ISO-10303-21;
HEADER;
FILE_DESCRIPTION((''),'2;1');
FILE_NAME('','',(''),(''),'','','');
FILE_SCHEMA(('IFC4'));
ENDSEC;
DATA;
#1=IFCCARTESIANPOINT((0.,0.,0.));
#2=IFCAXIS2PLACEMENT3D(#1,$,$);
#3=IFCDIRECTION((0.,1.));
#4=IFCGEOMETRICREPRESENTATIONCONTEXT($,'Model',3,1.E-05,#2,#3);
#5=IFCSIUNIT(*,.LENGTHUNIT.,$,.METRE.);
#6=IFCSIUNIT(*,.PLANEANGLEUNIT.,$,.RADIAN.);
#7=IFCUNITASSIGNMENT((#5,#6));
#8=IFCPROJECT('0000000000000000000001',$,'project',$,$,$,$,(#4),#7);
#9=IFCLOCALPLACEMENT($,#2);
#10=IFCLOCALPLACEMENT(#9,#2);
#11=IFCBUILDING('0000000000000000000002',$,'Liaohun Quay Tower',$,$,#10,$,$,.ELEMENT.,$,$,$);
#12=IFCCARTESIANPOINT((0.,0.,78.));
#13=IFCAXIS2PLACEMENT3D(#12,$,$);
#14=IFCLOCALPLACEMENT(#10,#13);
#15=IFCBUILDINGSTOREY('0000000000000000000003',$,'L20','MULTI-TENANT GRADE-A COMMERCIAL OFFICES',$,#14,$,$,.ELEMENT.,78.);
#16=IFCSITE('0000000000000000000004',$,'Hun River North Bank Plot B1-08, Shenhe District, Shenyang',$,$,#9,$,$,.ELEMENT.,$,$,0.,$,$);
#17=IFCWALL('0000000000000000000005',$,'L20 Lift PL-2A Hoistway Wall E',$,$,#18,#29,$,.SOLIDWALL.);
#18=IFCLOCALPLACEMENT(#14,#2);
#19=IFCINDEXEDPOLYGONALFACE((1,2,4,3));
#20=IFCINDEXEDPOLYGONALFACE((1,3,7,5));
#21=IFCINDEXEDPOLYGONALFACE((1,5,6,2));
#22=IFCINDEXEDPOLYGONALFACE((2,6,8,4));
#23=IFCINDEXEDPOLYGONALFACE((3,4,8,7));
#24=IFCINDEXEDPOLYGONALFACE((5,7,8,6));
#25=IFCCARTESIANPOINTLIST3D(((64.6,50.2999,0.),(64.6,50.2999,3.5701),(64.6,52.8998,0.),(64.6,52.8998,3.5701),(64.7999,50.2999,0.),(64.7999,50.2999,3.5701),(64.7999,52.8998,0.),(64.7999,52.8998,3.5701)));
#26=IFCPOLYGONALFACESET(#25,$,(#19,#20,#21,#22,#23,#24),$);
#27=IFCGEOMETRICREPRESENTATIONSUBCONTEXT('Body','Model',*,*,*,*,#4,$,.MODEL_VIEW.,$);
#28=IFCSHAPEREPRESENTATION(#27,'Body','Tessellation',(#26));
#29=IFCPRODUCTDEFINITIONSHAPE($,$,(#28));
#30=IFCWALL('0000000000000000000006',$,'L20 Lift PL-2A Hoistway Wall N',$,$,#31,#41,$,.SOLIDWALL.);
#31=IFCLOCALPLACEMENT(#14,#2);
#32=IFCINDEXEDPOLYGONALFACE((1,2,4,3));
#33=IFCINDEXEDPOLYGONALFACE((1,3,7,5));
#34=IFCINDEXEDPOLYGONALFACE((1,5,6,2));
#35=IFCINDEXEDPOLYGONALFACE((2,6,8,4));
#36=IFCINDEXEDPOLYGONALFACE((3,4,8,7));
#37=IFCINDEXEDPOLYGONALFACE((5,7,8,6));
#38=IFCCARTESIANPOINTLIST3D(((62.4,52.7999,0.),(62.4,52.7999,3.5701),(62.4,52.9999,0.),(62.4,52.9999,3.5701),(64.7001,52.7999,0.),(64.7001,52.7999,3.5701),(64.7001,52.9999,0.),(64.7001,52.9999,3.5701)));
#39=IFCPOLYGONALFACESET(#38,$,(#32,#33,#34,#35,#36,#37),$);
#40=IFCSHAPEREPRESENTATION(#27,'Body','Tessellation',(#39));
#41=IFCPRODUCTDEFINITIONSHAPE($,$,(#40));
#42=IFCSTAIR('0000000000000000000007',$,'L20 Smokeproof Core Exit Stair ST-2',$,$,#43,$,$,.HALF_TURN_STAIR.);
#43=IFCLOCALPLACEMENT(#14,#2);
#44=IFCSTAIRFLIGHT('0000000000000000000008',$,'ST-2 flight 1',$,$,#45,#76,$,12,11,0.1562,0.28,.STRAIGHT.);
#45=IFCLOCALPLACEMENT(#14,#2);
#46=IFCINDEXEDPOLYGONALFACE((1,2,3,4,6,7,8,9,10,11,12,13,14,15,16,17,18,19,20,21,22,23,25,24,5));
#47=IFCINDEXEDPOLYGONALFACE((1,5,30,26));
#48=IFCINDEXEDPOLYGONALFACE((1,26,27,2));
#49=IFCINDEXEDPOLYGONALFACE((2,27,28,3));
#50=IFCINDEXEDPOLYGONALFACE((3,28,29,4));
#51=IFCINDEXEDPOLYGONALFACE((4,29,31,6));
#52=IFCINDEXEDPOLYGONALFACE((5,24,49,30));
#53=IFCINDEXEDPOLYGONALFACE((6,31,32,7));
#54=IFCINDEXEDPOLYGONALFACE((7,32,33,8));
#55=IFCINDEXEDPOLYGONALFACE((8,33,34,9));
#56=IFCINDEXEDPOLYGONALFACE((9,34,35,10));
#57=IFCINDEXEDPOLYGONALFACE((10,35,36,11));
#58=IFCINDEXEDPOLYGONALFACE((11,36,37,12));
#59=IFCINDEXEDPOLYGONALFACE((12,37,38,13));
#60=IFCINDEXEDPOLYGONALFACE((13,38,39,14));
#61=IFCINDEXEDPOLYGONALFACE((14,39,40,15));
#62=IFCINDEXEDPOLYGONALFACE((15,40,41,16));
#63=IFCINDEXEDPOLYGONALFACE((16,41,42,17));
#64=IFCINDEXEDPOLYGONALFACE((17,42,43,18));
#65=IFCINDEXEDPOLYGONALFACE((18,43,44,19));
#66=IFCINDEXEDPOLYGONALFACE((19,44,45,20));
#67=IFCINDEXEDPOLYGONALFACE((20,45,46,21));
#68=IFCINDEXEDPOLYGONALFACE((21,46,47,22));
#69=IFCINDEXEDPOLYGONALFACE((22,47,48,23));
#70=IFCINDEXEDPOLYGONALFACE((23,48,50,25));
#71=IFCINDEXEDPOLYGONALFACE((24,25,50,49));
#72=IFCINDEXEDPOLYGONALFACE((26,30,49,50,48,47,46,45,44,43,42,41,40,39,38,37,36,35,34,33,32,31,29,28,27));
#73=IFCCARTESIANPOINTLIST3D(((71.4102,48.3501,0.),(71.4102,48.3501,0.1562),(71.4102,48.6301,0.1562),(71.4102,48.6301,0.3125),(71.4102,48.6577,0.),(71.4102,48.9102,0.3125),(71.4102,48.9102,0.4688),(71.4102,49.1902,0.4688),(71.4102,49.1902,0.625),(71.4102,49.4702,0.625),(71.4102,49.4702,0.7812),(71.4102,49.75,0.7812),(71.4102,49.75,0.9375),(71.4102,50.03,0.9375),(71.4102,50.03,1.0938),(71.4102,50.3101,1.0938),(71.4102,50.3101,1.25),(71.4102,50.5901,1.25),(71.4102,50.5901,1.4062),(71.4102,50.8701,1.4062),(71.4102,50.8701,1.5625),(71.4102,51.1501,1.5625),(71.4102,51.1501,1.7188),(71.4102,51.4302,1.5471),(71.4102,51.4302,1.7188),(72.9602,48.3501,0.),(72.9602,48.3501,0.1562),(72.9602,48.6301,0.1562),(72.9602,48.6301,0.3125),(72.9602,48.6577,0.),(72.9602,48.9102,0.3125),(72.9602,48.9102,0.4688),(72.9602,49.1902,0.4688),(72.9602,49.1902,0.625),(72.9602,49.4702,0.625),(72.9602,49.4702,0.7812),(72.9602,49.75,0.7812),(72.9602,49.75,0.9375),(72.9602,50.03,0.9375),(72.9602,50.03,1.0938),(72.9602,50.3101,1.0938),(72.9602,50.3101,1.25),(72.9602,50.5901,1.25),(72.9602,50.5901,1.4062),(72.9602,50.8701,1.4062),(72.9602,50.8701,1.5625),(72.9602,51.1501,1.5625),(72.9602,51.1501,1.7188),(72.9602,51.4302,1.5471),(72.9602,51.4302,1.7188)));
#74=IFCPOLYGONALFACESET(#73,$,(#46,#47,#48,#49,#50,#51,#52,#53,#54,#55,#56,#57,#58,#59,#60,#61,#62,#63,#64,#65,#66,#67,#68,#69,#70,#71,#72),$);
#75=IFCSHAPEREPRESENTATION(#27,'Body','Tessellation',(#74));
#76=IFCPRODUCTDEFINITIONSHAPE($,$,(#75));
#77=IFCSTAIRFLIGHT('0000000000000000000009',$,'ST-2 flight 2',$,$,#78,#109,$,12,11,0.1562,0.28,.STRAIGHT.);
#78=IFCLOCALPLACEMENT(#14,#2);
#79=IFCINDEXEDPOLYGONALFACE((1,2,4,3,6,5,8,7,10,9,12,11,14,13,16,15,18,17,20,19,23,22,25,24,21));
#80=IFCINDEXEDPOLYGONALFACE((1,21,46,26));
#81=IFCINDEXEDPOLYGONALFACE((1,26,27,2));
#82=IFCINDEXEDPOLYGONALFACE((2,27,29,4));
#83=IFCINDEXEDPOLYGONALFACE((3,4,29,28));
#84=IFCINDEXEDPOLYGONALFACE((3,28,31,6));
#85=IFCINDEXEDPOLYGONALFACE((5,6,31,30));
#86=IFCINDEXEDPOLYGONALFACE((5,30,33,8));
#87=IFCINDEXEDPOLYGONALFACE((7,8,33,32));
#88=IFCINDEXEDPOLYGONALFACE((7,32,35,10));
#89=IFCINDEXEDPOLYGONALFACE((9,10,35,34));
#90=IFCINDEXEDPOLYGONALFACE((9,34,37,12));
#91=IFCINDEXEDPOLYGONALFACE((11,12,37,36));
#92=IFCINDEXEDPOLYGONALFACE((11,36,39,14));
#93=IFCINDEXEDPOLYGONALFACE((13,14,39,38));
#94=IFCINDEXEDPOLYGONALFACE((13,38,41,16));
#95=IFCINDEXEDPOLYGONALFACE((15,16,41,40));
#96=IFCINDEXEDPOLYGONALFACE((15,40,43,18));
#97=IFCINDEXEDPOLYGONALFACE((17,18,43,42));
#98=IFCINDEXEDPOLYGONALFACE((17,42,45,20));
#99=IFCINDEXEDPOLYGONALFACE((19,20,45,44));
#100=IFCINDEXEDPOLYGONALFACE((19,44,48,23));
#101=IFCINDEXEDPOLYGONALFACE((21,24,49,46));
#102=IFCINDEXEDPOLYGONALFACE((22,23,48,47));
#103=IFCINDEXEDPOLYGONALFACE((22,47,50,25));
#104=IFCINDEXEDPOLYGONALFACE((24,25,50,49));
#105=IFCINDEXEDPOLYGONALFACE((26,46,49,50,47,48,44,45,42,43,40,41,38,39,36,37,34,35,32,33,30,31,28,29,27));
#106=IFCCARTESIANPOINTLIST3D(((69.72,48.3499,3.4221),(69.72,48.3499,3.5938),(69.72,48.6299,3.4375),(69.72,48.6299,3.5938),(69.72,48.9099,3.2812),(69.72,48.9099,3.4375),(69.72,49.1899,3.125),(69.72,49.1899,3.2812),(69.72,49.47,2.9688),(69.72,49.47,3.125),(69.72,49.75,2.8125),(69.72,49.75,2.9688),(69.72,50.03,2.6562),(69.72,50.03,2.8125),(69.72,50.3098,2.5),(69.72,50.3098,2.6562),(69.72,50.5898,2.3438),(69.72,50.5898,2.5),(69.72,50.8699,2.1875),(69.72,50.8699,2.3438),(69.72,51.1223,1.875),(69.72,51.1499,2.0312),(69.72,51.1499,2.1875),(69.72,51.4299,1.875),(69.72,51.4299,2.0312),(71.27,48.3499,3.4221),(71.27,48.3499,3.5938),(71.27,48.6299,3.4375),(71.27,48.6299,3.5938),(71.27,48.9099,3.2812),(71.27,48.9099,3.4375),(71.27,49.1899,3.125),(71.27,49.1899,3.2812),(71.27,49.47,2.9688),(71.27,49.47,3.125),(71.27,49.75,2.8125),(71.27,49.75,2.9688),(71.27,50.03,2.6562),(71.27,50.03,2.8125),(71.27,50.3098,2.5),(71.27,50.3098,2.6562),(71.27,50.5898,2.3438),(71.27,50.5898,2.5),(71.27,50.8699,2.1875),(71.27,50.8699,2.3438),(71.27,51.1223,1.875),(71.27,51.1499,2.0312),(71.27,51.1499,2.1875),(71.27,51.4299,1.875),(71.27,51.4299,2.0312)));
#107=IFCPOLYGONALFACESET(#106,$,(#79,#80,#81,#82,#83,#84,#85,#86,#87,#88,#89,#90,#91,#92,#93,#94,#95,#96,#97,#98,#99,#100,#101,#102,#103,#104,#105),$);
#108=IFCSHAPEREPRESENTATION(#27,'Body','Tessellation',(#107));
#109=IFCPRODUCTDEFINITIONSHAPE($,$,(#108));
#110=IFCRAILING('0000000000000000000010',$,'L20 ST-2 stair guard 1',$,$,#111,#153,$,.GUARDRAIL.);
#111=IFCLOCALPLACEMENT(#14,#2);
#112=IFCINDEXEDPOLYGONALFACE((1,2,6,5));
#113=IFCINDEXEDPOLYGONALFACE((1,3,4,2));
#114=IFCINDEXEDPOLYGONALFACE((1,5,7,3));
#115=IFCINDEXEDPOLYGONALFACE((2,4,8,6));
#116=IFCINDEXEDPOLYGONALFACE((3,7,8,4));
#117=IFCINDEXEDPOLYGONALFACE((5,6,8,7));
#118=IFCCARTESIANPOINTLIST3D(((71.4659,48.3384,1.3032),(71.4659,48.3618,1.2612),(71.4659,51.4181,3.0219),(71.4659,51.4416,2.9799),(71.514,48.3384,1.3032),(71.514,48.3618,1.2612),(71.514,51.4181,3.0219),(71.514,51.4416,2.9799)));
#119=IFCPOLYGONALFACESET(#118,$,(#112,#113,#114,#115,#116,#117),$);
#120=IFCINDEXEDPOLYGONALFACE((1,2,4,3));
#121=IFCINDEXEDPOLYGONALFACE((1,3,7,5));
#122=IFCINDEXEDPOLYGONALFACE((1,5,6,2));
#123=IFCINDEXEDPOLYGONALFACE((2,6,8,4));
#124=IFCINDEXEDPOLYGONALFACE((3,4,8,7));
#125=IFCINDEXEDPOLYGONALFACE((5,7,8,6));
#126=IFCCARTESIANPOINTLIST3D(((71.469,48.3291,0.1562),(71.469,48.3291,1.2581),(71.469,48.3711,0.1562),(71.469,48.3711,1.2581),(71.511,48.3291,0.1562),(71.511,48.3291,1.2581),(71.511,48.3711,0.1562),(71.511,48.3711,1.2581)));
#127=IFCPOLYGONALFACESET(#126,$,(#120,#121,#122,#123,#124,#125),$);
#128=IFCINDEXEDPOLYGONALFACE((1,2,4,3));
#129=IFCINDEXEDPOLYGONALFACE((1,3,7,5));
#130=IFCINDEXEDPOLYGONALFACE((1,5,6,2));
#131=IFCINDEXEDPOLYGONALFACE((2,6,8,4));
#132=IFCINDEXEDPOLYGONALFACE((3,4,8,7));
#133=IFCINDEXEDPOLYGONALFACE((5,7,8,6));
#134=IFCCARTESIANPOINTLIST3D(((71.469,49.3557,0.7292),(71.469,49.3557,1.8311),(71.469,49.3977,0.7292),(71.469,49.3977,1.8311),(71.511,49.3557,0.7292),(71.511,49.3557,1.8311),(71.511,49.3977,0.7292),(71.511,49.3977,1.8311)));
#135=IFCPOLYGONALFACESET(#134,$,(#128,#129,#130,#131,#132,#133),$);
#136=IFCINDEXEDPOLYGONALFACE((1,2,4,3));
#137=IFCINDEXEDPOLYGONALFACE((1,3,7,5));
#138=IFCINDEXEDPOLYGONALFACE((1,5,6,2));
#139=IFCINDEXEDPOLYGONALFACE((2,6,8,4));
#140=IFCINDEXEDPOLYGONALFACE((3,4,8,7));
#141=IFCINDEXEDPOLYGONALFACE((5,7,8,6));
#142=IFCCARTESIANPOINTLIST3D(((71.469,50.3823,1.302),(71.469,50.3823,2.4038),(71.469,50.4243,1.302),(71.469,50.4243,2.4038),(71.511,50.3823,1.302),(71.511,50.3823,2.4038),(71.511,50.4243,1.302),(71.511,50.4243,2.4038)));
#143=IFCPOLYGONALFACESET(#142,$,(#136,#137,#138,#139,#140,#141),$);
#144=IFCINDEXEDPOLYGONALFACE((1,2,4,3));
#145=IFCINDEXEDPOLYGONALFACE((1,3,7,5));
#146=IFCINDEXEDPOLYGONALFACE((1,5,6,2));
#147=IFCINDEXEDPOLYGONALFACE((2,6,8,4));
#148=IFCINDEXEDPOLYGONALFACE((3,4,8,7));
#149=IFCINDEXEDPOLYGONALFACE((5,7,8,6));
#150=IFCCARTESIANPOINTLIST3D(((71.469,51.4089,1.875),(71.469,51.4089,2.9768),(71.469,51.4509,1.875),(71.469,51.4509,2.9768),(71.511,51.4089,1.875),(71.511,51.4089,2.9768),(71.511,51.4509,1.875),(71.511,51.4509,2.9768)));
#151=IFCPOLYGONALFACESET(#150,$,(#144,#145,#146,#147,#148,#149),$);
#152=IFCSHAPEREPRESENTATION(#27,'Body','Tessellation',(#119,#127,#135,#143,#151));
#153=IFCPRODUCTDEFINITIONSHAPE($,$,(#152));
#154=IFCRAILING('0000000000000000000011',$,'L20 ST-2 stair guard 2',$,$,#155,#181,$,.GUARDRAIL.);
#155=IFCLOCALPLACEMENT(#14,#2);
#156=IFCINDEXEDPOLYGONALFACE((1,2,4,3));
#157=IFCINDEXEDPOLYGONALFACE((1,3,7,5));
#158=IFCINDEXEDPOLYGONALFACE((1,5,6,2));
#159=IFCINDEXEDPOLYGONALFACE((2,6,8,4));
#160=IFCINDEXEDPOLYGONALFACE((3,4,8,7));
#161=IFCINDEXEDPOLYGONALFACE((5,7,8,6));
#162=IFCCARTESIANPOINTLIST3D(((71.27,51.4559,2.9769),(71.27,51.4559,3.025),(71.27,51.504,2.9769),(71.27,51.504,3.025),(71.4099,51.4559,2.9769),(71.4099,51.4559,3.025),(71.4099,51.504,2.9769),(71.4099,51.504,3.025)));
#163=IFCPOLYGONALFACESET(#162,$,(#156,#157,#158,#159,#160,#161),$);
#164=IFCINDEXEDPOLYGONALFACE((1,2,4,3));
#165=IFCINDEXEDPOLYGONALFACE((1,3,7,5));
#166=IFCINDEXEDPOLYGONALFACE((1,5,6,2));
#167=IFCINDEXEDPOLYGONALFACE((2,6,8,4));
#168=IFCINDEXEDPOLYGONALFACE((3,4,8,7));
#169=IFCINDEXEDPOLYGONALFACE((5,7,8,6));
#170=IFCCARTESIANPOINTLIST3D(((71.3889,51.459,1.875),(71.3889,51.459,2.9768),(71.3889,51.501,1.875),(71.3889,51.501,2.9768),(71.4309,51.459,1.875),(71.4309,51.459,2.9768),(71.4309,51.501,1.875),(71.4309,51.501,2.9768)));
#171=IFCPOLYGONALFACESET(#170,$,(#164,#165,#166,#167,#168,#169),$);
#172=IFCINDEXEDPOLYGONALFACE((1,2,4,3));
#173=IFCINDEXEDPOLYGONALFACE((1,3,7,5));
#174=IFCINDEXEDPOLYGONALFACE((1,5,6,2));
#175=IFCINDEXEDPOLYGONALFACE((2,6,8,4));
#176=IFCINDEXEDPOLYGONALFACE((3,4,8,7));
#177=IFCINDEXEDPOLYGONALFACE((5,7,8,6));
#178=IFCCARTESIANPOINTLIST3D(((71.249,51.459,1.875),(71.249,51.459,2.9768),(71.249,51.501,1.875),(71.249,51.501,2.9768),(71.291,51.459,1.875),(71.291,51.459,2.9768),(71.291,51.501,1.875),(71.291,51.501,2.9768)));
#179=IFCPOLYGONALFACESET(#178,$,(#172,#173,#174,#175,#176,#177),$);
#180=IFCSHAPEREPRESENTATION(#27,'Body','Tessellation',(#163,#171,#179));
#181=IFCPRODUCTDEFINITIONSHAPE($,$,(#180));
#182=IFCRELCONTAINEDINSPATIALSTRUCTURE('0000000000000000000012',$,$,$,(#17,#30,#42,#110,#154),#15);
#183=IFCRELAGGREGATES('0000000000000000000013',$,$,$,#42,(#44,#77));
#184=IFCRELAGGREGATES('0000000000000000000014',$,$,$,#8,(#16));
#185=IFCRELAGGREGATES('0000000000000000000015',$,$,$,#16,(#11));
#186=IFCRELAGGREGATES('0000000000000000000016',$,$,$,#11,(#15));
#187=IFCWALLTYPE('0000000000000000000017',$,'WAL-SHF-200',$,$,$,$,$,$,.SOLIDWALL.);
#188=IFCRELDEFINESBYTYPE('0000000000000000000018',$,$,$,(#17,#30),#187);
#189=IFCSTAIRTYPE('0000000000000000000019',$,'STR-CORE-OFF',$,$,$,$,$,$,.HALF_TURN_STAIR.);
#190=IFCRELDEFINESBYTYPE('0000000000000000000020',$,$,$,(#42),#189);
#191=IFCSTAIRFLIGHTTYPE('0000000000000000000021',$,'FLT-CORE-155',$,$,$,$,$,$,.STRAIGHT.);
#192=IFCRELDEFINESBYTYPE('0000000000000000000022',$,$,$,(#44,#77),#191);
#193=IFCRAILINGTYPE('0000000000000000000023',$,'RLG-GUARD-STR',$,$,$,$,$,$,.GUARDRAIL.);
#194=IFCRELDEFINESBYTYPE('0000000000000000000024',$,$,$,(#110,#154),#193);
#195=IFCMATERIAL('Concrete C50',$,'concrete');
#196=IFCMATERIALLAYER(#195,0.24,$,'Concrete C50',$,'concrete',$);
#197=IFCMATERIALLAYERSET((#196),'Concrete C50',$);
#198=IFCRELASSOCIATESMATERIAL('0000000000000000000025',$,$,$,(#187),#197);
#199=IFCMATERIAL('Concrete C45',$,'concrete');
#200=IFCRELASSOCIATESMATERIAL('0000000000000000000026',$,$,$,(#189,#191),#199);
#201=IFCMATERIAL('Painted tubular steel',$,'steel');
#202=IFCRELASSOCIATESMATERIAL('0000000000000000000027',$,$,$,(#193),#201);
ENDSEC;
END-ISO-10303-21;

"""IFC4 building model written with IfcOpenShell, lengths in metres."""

from ifc_helpers import new_model, si_unit, direction, frame, frame_2d, origin, origin_2d, place, context, subcontext, project, spatial, polyline, rectangle, outline, extrude, material, layer, layer_set, type_object, element, aggregate, save


model = new_model("IFC4")

# Units and contexts
model_context = context("Model", 3, precision=1e-05, world=origin(), true_north=direction((0.0, 1.0)))
body_context = subcontext(model_context, "Body", "Model", "MODEL_VIEW")
ifc_project = project(units=[si_unit("LENGTHUNIT", "METRE"), si_unit("PLANEANGLEUNIT", "RADIAN")], contexts=[model_context])

# Site, building, storey
site_placement = place(None, origin())
site = spatial("IfcSite", under=ifc_project, at=site_placement, Name="Hun River North Bank Plot B1-08, Shenhe District, Shenyang", CompositionType="ELEMENT", RefElevation=0.0)
building_placement = place(site_placement, origin())
building = spatial("IfcBuilding", under=site, at=building_placement, Name="Liaohun Quay Tower", CompositionType="ELEMENT")
storey_placement = place(building_placement, frame((0.0, 0.0, 78.0)))
storey = spatial("IfcBuildingStorey", under=building, at=storey_placement, Name="L20", Description="MULTI-TENANT GRADE-A COMMERCIAL OFFICES", CompositionType="ELEMENT", Elevation=78.0)

# Shared definitions
ifc_material_1 = material(Name="Concrete C50", Category="concrete")
ifc_layer_1 = layer(ifc_material_1, 0.24, Name="Concrete C50", Category="concrete")
ifc_layer_set_1 = layer_set([ifc_layer_1], Name="Concrete C50")
wall_type_1 = type_object("IfcWallType", Name="WAL-SHF-200", PredefinedType="SOLIDWALL", material=ifc_layer_set_1)

# Walls
wall_1_placement = place(storey_placement, frame((64.7, 50.3, 0.0), z_axis=(0.0, 0.0, 1.0), x_axis=(0.0, 1.0, 0.0)))
element("IfcWall", 1, at=wall_1_placement, inside=storey, type_object=wall_type_1, Name="L20 Lift PL-2A Hoistway Wall E", PredefinedType="SOLIDWALL", context=body_context, shape_type="SweptSolid", body=[
    extrude(rectangle(XDim=2.5999, YDim=0.2, at=frame_2d((1.2998, 0.0))), origin(), (0.0, 0.0, 1.0), 3.5701),
])
wall_2_placement = place(storey_placement, frame((64.7, 52.8999, 0.0), z_axis=(0.0, 0.0, 1.0), x_axis=(-1.0, 0.0, 0.0)))
element("IfcWall", 2, at=wall_2_placement, inside=storey, type_object=wall_type_1, Name="L20 Lift PL-2A Hoistway Wall N", PredefinedType="SOLIDWALL", context=body_context, shape_type="SweptSolid", body=[
    extrude(rectangle(XDim=2.3, YDim=0.2, at=frame_2d((1.1499, 0.0))), origin(), (0.0, 0.0, 1.0), 3.5701),
])

# Stair, stair flights
ifc_material_2 = material(Name="Concrete C45", Category="concrete")
stair_type = type_object("IfcStairType", Name="STR-CORE-OFF", PredefinedType="HALF_TURN_STAIR", material=ifc_material_2)
stair_placement = place(storey_placement, origin())
stair = element("IfcStair", 3, at=stair_placement, inside=storey, type_object=stair_type, Name="L20 Smokeproof Core Exit Stair ST-2", PredefinedType="HALF_TURN_STAIR")
stair_flight_type = type_object("IfcStairFlightType", Name="FLT-CORE-155", PredefinedType="STRAIGHT", material=ifc_material_2)
stair_flight_1_placement = place(storey_placement, frame((72.1851, 48.3501, 0.0), z_axis=(0.0, 0.0, 1.0), x_axis=(0.0, 1.0, 0.0)))
stair_flight_1 = element("IfcStairFlight", 4, at=stair_flight_1_placement, type_object=stair_flight_type, Name="ST-2 flight 1", NumberOfRisers=12, NumberOfTreads=11, PredefinedType="STRAIGHT", RiserHeight=0.1562, TreadLength=0.28, context=body_context, shape_type="SweptSolid", body=[
    extrude(outline(polyline([(0.0, 0.0), (0.0, 0.1562), (0.28, 0.1562), (0.28, 0.3125), (0.5601, 0.3125), (0.5601, 0.4688), (0.8401, 0.4688), (0.8401, 0.625), (1.1201, 0.625), (1.1201, 0.7812), (1.3999, 0.7812), (1.3999, 0.9375), (1.6799, 0.9375), (1.6799, 1.0938), (1.96, 1.0938), (1.96, 1.25), (2.24, 1.25), (2.24, 1.4062), (2.52, 1.4062), (2.52, 1.5625), (2.8, 1.5625), (2.8, 1.7188), (3.0801, 1.7188), (3.0801, 1.875), (3.0801, 1.5471), (0.3076, 0.0), (0.0, 0.0)])), frame((0.0, 0.7749, 0.0), z_axis=(0.0, -1.0, 0.0), x_axis=(1.0, 0.0, 0.0)), (0.0, 0.0, 1.0), 1.55),
])
stair_flight_2_placement = place(storey_placement, frame((70.4951, 51.4299, 1.875), z_axis=(0.0, 0.0, 1.0), x_axis=(0.0, -1.0, 0.0)))
stair_flight_2 = element("IfcStairFlight", 5, at=stair_flight_2_placement, type_object=stair_flight_type, Name="ST-2 flight 2", NumberOfRisers=12, NumberOfTreads=11, PredefinedType="STRAIGHT", RiserHeight=0.1562, TreadLength=0.28, context=body_context, shape_type="SweptSolid", body=[
    extrude(outline(polyline([(0.0, 0.0), (0.0, 0.1562), (0.28, 0.1562), (0.28, 0.3125), (0.5601, 0.3125), (0.5601, 0.4688), (0.8401, 0.4688), (0.8401, 0.625), (1.1201, 0.625), (1.1201, 0.7812), (1.3999, 0.7812), (1.3999, 0.9375), (1.6799, 0.9375), (1.6799, 1.0938), (1.96, 1.0938), (1.96, 1.25), (2.24, 1.25), (2.24, 1.4062), (2.52, 1.4062), (2.52, 1.5625), (2.8, 1.5625), (2.8, 1.7188), (3.0801, 1.7188), (3.0801, 1.875), (3.0801, 1.5471), (0.3076, 0.0), (0.0, 0.0)])), frame((0.0, 0.7749, 0.0), z_axis=(0.0, -1.0, 0.0), x_axis=(1.0, 0.0, 0.0)), (0.0, 0.0, 1.0), 1.55),
])
aggregate(stair, [stair_flight_1, stair_flight_2])

# Railings
ifc_material_3 = material(Name="Painted tubular steel", Category="steel")
railing_type_1 = type_object("IfcRailingType", Name="RLG-GUARD-STR", PredefinedType="GUARDRAIL", material=ifc_material_3)
railing_1_placement = place(storey_placement, frame((71.49, 48.3501, 0.1562)))
element("IfcRailing", 6, at=railing_1_placement, inside=storey, type_object=railing_type_1, Name="L20 ST-2 stair guard 1", PredefinedType="GUARDRAIL", context=body_context, shape_type="SweptSolid", body=[
    extrude(rectangle(XDim=0.0481, YDim=0.0481, at=origin_2d()), frame((0.0, 0.0, 1.126), z_axis=(0.0, 0.873225, 0.487317), x_axis=(-1.0, 0.0, 0.0)), (0.0, 0.0, 1.0), 3.5269),
    extrude(rectangle(XDim=0.042, YDim=0.042, at=origin_2d()), origin(), (0.0, 0.0, 1.0), 1.1018),
    extrude(rectangle(XDim=0.042, YDim=0.042, at=origin_2d()), frame((0.0, 1.0266, 0.573)), (0.0, 0.0, 1.0), 1.1018),
    extrude(rectangle(XDim=0.042, YDim=0.042, at=origin_2d()), frame((0.0, 2.0532, 1.1458)), (0.0, 0.0, 1.0), 1.1018),
    extrude(rectangle(XDim=0.042, YDim=0.042, at=origin_2d()), frame((0.0, 3.0798, 1.7188)), (0.0, 0.0, 1.0), 1.1018),
])
railing_2_placement = place(storey_placement, frame((71.4099, 51.48, 1.875)))
element("IfcRailing", 7, at=railing_2_placement, inside=storey, type_object=railing_type_1, Name="L20 ST-2 stair guard 2", PredefinedType="GUARDRAIL", context=body_context, shape_type="SweptSolid", body=[
    extrude(rectangle(XDim=0.0481, YDim=0.0481, at=origin_2d()), frame((0.0, 0.0, 1.126), z_axis=(-1.0, 0.0, 0.0), x_axis=(0.0, -1.0, 0.0)), (0.0, 0.0, 1.0), 0.1399),
    extrude(rectangle(XDim=0.042, YDim=0.042, at=origin_2d()), origin(), (0.0, 0.0, 1.0), 1.1018),
    extrude(rectangle(XDim=0.042, YDim=0.042, at=origin_2d()), frame((-0.1399, 0.0, 0.0)), (0.0, 0.0, 1.0), 1.1018),
])

save(model, "model.ifc")
